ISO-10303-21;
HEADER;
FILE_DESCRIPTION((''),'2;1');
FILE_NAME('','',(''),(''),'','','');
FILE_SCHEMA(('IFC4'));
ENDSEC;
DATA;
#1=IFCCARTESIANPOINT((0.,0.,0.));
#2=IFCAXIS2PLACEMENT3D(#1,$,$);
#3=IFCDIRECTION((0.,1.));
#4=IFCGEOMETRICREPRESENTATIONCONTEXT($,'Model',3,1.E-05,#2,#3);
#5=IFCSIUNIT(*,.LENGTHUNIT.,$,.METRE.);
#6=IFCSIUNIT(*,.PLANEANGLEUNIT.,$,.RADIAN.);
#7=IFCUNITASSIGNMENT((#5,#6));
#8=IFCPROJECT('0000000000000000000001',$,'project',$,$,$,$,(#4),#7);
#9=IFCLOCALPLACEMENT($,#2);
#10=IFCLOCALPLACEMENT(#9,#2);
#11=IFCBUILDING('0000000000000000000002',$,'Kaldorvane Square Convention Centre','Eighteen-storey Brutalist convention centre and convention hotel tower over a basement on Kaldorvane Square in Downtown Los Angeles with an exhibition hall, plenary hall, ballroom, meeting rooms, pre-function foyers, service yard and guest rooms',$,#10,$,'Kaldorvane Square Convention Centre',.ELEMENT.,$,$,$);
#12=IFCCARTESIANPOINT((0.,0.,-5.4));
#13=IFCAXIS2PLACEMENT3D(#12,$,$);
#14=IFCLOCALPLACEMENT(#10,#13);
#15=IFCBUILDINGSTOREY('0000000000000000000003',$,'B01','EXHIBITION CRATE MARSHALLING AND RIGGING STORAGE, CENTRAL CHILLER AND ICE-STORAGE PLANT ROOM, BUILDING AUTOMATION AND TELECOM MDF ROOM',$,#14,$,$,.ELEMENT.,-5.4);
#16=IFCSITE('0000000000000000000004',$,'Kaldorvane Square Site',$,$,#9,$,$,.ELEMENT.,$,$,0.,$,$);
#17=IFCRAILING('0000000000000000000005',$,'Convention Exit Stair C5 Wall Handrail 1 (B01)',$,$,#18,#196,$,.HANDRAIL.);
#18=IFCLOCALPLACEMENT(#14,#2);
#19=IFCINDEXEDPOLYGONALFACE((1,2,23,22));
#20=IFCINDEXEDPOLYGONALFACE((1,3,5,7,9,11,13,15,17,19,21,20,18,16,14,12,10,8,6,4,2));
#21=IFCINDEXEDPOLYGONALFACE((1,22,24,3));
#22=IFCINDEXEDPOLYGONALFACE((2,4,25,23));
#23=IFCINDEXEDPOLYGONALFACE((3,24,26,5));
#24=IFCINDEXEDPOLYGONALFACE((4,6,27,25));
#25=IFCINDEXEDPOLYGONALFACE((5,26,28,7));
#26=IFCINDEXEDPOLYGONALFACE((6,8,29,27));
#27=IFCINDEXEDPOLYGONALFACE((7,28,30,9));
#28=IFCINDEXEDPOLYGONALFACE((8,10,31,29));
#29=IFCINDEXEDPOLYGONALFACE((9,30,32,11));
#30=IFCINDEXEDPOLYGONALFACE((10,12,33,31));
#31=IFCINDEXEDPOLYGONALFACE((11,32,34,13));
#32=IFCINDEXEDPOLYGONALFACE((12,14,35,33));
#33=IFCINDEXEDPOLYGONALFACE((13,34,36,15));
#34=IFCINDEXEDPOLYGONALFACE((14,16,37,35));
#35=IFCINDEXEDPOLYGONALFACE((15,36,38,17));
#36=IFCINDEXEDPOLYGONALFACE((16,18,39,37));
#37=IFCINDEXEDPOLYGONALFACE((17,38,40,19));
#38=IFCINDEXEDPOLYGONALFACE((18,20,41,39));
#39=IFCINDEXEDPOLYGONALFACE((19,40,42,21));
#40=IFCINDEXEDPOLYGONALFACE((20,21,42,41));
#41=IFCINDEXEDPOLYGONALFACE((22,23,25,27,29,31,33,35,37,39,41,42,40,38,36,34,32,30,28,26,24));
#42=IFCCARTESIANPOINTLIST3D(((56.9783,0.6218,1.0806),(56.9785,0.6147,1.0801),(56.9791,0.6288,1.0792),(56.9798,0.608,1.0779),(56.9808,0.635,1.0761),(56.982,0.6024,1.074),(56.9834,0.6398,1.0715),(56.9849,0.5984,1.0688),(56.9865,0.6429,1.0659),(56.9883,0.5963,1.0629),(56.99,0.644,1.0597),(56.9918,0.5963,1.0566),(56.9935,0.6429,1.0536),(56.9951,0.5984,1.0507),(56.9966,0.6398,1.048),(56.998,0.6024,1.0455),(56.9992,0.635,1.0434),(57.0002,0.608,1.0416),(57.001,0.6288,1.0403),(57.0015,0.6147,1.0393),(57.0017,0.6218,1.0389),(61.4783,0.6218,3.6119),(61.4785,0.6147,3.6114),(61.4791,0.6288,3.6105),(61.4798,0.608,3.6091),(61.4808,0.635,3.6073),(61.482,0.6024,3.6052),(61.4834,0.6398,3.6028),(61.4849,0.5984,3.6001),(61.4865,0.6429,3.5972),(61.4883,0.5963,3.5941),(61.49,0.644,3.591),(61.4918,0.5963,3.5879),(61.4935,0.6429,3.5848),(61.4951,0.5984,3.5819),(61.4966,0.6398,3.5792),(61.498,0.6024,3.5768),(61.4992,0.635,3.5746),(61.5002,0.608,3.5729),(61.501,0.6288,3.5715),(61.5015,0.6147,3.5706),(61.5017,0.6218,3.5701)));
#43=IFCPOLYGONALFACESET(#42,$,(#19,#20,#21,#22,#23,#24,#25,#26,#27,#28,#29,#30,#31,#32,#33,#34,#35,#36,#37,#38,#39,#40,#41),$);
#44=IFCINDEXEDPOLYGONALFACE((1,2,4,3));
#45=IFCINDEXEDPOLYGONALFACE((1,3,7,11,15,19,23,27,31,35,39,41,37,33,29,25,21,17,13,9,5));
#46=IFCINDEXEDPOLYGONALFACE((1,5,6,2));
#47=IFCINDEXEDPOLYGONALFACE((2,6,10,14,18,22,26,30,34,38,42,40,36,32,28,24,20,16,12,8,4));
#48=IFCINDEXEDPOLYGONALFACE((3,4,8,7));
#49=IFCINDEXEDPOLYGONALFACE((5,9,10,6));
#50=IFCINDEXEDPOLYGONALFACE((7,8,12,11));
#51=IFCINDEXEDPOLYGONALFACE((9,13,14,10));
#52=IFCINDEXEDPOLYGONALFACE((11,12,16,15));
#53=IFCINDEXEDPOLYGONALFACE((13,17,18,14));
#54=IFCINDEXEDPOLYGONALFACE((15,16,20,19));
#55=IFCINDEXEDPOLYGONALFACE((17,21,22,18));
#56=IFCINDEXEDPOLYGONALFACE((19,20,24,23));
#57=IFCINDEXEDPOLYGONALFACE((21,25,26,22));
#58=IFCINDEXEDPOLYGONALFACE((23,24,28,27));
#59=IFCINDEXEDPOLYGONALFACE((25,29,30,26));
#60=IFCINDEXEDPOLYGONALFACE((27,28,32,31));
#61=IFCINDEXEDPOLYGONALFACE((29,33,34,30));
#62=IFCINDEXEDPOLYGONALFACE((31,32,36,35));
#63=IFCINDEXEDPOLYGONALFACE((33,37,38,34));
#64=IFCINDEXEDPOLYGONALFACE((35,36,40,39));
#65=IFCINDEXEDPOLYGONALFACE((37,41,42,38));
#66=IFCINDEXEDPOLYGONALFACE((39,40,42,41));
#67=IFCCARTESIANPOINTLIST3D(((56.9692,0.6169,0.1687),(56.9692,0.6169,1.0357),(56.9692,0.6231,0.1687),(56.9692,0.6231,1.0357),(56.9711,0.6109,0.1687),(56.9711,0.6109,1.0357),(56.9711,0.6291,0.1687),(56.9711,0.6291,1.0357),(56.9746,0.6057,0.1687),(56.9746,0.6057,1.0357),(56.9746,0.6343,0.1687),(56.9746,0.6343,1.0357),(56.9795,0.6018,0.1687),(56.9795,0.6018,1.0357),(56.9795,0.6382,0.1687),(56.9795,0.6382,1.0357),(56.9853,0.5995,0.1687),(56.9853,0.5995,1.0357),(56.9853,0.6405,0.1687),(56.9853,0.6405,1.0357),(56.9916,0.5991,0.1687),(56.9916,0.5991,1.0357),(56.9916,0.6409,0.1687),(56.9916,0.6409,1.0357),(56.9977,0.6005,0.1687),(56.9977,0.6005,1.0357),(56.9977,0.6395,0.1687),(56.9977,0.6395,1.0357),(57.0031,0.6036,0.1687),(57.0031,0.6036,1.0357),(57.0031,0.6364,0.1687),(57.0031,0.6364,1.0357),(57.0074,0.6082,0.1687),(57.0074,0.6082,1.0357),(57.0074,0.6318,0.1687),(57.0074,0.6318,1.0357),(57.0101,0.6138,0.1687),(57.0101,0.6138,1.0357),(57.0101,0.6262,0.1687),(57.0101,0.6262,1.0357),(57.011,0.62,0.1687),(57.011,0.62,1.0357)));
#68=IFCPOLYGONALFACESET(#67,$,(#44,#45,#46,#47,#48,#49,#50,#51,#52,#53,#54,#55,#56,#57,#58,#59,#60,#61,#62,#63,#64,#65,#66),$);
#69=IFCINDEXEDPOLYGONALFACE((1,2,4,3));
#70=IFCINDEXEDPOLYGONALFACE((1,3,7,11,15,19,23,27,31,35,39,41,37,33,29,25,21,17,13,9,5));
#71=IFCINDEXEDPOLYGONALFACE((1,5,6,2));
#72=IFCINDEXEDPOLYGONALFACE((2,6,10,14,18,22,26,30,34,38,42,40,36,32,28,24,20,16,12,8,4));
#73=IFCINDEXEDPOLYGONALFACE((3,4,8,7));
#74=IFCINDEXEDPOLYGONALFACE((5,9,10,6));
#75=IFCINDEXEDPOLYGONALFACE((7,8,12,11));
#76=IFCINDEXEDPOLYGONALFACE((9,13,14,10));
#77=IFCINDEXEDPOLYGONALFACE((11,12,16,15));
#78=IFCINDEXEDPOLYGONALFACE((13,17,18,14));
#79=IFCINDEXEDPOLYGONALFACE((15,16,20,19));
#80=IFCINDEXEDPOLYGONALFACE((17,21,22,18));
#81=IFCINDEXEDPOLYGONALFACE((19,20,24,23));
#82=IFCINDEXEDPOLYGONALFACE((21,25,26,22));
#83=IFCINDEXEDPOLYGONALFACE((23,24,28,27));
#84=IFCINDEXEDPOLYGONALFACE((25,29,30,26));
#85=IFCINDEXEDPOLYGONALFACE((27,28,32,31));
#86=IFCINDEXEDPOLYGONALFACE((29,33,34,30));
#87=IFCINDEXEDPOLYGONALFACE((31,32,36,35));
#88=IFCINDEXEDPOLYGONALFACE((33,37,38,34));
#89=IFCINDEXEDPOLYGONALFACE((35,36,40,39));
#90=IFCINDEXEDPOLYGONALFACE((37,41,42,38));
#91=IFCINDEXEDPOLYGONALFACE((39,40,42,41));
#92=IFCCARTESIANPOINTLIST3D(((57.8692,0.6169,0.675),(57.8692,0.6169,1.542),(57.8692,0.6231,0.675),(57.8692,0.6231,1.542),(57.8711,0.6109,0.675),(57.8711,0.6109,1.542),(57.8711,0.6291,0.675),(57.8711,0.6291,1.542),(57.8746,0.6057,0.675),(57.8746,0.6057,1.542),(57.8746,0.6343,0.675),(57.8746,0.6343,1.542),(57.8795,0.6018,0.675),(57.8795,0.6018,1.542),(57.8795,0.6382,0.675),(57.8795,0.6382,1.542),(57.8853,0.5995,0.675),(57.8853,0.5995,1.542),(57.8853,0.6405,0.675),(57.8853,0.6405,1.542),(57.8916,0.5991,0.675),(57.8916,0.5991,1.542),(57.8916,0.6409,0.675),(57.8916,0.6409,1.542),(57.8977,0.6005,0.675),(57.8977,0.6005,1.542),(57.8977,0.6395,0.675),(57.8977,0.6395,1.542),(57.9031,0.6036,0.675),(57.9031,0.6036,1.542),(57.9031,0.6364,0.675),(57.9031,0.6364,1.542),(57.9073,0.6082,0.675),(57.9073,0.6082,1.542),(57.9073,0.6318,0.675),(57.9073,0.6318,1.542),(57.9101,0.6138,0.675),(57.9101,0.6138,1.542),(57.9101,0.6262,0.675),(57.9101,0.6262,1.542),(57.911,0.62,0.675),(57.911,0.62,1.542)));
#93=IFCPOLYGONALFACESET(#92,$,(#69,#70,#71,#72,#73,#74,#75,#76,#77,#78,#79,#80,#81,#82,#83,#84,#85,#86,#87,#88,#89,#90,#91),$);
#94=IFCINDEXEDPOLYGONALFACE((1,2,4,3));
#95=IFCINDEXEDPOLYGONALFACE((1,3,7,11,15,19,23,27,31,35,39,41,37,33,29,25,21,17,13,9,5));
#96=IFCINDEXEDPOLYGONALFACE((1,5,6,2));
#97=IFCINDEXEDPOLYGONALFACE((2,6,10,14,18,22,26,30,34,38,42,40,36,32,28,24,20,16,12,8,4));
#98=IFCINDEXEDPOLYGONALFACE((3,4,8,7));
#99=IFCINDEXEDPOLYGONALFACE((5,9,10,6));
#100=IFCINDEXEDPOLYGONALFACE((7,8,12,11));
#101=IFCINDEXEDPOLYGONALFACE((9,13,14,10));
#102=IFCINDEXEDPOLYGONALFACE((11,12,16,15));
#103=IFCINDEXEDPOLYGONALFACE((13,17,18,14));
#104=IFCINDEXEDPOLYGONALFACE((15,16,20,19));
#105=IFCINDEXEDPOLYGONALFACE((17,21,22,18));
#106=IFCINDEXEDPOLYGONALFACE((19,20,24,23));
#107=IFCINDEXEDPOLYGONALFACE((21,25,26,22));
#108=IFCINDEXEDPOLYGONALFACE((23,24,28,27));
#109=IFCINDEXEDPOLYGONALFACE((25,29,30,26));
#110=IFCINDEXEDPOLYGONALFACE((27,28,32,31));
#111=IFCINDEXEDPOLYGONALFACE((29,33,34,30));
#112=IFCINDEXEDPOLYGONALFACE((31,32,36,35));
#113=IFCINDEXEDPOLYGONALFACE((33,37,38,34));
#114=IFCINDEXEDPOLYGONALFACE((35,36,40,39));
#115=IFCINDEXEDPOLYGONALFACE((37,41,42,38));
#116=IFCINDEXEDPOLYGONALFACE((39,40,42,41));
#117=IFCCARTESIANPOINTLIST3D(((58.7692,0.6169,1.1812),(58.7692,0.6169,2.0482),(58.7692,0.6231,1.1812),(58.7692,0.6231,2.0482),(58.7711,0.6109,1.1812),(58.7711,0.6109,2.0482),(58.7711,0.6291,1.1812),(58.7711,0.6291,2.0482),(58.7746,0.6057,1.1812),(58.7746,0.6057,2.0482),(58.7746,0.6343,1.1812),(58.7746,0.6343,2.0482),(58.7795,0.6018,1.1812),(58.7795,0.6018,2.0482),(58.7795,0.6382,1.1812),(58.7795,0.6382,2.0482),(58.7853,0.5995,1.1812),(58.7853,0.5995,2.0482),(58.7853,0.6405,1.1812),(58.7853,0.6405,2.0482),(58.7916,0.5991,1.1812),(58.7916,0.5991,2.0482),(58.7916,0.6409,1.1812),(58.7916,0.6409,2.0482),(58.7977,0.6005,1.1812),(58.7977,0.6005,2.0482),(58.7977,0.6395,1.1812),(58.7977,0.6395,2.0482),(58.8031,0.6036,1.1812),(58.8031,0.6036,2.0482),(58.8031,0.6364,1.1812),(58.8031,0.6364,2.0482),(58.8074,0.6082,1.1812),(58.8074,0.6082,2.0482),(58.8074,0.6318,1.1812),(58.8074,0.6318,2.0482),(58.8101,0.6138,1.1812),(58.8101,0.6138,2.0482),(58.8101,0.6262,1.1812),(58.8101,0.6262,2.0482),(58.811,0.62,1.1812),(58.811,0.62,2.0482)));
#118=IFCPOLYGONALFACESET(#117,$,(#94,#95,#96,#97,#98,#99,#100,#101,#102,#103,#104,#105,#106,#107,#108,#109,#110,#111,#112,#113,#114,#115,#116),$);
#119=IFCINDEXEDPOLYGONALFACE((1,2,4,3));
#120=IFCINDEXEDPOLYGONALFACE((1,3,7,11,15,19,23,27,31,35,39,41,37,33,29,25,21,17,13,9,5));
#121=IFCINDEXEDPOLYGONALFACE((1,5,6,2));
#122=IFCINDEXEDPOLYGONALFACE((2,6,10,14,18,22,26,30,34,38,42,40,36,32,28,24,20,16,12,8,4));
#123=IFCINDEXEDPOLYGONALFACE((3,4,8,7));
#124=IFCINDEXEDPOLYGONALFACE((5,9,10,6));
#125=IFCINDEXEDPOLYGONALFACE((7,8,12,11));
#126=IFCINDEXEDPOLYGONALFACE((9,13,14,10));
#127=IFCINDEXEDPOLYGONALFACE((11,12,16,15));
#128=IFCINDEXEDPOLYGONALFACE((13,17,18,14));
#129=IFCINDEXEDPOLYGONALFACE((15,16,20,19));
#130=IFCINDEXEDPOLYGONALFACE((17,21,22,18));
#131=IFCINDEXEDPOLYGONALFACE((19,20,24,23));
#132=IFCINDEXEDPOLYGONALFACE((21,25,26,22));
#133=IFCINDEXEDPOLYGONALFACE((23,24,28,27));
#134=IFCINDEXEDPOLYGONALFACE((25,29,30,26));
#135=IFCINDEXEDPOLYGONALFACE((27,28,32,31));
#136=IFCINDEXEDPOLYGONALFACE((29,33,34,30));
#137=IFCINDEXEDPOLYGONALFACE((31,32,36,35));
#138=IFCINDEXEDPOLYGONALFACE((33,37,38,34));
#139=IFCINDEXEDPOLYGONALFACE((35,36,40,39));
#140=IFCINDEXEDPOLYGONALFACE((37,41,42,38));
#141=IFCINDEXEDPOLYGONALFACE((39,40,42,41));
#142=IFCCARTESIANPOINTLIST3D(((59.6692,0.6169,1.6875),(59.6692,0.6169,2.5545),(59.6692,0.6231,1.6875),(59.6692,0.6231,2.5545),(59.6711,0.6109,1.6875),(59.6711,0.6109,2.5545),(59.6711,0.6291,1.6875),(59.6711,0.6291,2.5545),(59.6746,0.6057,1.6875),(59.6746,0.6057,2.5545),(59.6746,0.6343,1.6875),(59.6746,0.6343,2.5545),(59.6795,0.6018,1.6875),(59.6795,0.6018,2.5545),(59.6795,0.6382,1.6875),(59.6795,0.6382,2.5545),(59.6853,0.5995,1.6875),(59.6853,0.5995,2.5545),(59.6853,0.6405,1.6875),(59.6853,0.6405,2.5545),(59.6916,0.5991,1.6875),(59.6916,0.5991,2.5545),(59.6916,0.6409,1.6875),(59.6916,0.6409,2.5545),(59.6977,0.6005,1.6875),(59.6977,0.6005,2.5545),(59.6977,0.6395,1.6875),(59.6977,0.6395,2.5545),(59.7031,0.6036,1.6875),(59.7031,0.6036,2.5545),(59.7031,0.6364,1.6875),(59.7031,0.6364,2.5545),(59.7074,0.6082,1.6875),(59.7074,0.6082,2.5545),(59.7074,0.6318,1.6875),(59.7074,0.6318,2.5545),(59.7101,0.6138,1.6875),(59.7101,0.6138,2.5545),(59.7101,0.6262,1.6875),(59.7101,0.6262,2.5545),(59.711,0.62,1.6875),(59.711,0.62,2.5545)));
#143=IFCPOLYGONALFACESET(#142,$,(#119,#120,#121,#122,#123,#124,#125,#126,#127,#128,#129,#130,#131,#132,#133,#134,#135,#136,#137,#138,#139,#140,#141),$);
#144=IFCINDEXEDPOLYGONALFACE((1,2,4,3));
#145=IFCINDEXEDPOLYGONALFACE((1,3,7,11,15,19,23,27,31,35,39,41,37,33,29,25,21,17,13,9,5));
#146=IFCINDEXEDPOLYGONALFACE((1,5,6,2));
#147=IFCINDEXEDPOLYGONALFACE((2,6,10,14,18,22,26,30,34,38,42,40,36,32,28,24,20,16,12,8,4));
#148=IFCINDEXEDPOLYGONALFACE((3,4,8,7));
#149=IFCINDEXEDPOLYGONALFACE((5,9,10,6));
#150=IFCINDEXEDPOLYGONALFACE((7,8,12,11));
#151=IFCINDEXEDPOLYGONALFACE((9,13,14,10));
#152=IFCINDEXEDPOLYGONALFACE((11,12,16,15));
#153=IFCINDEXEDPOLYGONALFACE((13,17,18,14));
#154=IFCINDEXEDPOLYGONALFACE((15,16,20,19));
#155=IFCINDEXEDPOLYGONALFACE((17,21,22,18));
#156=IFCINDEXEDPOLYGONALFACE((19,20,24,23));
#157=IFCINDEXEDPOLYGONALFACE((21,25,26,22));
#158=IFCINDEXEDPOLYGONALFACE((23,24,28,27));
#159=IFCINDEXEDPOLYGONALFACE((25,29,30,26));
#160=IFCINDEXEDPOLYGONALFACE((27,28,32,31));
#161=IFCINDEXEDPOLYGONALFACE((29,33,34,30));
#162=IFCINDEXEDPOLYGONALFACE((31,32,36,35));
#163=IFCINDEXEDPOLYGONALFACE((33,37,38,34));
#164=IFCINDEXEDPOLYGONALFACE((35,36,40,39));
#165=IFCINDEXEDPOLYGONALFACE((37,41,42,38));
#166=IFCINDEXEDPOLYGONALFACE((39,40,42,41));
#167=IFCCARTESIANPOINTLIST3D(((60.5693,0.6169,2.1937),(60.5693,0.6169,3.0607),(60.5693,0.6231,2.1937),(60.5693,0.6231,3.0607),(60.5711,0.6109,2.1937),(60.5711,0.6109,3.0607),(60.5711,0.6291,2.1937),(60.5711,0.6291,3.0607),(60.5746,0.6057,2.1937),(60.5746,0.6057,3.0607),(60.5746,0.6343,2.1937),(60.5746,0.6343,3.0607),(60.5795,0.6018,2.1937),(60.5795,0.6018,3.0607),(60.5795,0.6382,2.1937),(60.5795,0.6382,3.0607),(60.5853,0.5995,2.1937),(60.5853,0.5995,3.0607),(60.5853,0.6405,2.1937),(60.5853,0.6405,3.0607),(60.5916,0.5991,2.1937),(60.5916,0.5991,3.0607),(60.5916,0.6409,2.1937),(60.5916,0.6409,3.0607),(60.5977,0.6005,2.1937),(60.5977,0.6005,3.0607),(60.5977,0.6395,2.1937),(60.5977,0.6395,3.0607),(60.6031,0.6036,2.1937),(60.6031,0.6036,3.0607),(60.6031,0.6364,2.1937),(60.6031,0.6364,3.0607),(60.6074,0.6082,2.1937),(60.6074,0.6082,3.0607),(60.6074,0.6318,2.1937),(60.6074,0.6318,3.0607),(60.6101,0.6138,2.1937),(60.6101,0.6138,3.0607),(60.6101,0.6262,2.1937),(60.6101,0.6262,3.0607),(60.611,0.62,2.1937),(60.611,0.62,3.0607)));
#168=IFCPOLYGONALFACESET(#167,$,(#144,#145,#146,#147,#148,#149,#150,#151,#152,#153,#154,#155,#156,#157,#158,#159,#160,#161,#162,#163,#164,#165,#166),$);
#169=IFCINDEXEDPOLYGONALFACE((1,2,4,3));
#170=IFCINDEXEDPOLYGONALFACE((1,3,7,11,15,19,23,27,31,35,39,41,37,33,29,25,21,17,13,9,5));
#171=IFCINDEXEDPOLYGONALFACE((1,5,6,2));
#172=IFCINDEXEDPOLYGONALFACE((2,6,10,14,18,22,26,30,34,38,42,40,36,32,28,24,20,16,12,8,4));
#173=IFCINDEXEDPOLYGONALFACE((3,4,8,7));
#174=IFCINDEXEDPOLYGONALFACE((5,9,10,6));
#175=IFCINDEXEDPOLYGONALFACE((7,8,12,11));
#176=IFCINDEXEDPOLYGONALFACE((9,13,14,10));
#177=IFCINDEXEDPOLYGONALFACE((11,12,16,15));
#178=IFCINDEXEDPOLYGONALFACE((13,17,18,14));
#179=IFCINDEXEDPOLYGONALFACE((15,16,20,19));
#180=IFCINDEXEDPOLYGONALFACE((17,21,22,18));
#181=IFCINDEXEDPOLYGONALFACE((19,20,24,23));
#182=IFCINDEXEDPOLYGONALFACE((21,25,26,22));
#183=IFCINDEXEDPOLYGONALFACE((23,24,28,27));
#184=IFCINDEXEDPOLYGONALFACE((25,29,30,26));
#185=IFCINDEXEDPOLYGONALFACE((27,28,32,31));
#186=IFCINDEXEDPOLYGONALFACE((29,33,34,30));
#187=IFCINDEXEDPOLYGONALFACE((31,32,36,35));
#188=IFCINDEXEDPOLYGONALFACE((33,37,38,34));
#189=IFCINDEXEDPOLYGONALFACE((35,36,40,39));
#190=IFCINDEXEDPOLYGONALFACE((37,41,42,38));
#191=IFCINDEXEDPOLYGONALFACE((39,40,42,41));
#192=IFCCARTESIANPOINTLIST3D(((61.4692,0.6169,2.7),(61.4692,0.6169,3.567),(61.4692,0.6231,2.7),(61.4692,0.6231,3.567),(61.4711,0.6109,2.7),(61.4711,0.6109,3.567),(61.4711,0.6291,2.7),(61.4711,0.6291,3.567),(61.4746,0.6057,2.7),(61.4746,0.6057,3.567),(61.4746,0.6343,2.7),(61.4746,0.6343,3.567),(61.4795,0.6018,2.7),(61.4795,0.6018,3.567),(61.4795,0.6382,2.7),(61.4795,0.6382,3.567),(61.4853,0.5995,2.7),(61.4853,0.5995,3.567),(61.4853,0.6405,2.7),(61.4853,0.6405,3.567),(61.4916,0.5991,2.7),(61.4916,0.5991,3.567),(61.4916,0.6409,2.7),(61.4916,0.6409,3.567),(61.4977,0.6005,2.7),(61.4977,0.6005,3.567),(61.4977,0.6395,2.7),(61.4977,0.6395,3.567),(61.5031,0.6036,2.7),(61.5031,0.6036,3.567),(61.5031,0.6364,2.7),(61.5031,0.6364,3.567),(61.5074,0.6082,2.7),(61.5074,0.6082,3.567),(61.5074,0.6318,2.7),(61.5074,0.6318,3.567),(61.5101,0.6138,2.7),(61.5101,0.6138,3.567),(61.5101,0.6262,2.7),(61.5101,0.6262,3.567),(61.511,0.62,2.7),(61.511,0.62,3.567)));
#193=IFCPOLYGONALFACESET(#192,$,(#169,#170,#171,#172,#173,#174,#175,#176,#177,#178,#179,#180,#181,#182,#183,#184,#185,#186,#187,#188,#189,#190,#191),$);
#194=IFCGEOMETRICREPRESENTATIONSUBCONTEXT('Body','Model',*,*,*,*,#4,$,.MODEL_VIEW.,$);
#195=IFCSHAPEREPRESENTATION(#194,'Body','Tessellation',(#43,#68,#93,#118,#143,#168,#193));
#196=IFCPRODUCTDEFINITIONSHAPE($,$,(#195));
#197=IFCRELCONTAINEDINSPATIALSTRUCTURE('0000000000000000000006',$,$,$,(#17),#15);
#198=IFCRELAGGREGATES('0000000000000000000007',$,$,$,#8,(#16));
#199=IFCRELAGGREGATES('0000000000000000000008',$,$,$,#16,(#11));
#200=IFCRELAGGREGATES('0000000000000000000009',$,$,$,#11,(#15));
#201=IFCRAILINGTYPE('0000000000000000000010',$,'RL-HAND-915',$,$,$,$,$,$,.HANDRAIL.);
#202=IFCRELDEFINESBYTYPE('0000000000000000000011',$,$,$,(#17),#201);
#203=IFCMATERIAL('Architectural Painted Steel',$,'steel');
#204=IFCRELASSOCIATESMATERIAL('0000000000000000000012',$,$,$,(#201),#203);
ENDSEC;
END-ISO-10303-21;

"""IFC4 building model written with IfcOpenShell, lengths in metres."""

from ifc_helpers import new_model, si_unit, direction, frame, origin, origin_2d, place, context, subcontext, project, spatial, circle, extrude, material, type_object, element, save


model = new_model("IFC4")

# Units and contexts
model_context = context("Model", 3, precision=1e-05, world=origin(), true_north=direction((0.0, 1.0)))
body_context = subcontext(model_context, "Body", "Model", "MODEL_VIEW")
ifc_project = project(units=[si_unit("LENGTHUNIT", "METRE"), si_unit("PLANEANGLEUNIT", "RADIAN")], contexts=[model_context])

# Site, building, storey
site_placement = place(None, origin())
site = spatial("IfcSite", under=ifc_project, at=site_placement, Name="Kaldorvane Square Site", CompositionType="ELEMENT", RefElevation=0.0)
building_placement = place(site_placement, origin())
building = spatial("IfcBuilding", under=site, at=building_placement, Name="Kaldorvane Square Convention Centre", Description="Eighteen-storey Brutalist convention centre and convention hotel tower over a basement on Kaldorvane Square in Downtown Los Angeles with an exhibition hall, plenary hall, ballroom, meeting rooms, pre-function foyers, service yard and guest rooms", LongName="Kaldorvane Square Convention Centre", CompositionType="ELEMENT")
storey_placement = place(building_placement, frame((0.0, 0.0, -5.4)))
storey = spatial("IfcBuildingStorey", under=building, at=storey_placement, Name="B01", Description="EXHIBITION CRATE MARSHALLING AND RIGGING STORAGE, CENTRAL CHILLER AND ICE-STORAGE PLANT ROOM, BUILDING AUTOMATION AND TELECOM MDF ROOM", CompositionType="ELEMENT", Elevation=-5.4)

# Railing
ifc_material_1 = material(Name="Architectural Painted Steel", Category="steel")
railing_type_1 = type_object("IfcRailingType", Name="RL-HAND-915", PredefinedType="HANDRAIL", material=ifc_material_1)
railing_1_placement = place(storey_placement, frame((56.99, 0.62, 0.1687)))
element("IfcRailing", 1, at=railing_1_placement, inside=storey, type_object=railing_type_1, Name="Convention Exit Stair C5 Wall Handrail 1 (B01)", PredefinedType="HANDRAIL", context=body_context, shape_type="SweptSolid", body=[
    extrude(circle(Radius=0.024, at=origin_2d()), frame((0.0, 0.0, 0.891), z_axis=(0.871576, 0.0, 0.490261), x_axis=(0.0, 1.0, 0.0)), (0.0, 0.0, 1.0), 5.1631),
    extrude(circle(Radius=0.021, at=origin_2d()), origin(), (0.0, 0.0, 1.0), 0.867),
    extrude(circle(Radius=0.021, at=origin_2d()), frame((0.9, 0.0, 0.5063)), (0.0, 0.0, 1.0), 0.867),
    extrude(circle(Radius=0.021, at=origin_2d()), frame((1.8, 0.0, 1.0125)), (0.0, 0.0, 1.0), 0.867),
    extrude(circle(Radius=0.021, at=origin_2d()), frame((2.7, 0.0, 1.5188)), (0.0, 0.0, 1.0), 0.867),
    extrude(circle(Radius=0.021, at=origin_2d()), frame((3.6, 0.0, 2.025)), (0.0, 0.0, 1.0), 0.867),
    extrude(circle(Radius=0.021, at=origin_2d()), frame((4.5, 0.0, 2.5312)), (0.0, 0.0, 1.0), 0.867),
])

save(model, "model.ifc")
